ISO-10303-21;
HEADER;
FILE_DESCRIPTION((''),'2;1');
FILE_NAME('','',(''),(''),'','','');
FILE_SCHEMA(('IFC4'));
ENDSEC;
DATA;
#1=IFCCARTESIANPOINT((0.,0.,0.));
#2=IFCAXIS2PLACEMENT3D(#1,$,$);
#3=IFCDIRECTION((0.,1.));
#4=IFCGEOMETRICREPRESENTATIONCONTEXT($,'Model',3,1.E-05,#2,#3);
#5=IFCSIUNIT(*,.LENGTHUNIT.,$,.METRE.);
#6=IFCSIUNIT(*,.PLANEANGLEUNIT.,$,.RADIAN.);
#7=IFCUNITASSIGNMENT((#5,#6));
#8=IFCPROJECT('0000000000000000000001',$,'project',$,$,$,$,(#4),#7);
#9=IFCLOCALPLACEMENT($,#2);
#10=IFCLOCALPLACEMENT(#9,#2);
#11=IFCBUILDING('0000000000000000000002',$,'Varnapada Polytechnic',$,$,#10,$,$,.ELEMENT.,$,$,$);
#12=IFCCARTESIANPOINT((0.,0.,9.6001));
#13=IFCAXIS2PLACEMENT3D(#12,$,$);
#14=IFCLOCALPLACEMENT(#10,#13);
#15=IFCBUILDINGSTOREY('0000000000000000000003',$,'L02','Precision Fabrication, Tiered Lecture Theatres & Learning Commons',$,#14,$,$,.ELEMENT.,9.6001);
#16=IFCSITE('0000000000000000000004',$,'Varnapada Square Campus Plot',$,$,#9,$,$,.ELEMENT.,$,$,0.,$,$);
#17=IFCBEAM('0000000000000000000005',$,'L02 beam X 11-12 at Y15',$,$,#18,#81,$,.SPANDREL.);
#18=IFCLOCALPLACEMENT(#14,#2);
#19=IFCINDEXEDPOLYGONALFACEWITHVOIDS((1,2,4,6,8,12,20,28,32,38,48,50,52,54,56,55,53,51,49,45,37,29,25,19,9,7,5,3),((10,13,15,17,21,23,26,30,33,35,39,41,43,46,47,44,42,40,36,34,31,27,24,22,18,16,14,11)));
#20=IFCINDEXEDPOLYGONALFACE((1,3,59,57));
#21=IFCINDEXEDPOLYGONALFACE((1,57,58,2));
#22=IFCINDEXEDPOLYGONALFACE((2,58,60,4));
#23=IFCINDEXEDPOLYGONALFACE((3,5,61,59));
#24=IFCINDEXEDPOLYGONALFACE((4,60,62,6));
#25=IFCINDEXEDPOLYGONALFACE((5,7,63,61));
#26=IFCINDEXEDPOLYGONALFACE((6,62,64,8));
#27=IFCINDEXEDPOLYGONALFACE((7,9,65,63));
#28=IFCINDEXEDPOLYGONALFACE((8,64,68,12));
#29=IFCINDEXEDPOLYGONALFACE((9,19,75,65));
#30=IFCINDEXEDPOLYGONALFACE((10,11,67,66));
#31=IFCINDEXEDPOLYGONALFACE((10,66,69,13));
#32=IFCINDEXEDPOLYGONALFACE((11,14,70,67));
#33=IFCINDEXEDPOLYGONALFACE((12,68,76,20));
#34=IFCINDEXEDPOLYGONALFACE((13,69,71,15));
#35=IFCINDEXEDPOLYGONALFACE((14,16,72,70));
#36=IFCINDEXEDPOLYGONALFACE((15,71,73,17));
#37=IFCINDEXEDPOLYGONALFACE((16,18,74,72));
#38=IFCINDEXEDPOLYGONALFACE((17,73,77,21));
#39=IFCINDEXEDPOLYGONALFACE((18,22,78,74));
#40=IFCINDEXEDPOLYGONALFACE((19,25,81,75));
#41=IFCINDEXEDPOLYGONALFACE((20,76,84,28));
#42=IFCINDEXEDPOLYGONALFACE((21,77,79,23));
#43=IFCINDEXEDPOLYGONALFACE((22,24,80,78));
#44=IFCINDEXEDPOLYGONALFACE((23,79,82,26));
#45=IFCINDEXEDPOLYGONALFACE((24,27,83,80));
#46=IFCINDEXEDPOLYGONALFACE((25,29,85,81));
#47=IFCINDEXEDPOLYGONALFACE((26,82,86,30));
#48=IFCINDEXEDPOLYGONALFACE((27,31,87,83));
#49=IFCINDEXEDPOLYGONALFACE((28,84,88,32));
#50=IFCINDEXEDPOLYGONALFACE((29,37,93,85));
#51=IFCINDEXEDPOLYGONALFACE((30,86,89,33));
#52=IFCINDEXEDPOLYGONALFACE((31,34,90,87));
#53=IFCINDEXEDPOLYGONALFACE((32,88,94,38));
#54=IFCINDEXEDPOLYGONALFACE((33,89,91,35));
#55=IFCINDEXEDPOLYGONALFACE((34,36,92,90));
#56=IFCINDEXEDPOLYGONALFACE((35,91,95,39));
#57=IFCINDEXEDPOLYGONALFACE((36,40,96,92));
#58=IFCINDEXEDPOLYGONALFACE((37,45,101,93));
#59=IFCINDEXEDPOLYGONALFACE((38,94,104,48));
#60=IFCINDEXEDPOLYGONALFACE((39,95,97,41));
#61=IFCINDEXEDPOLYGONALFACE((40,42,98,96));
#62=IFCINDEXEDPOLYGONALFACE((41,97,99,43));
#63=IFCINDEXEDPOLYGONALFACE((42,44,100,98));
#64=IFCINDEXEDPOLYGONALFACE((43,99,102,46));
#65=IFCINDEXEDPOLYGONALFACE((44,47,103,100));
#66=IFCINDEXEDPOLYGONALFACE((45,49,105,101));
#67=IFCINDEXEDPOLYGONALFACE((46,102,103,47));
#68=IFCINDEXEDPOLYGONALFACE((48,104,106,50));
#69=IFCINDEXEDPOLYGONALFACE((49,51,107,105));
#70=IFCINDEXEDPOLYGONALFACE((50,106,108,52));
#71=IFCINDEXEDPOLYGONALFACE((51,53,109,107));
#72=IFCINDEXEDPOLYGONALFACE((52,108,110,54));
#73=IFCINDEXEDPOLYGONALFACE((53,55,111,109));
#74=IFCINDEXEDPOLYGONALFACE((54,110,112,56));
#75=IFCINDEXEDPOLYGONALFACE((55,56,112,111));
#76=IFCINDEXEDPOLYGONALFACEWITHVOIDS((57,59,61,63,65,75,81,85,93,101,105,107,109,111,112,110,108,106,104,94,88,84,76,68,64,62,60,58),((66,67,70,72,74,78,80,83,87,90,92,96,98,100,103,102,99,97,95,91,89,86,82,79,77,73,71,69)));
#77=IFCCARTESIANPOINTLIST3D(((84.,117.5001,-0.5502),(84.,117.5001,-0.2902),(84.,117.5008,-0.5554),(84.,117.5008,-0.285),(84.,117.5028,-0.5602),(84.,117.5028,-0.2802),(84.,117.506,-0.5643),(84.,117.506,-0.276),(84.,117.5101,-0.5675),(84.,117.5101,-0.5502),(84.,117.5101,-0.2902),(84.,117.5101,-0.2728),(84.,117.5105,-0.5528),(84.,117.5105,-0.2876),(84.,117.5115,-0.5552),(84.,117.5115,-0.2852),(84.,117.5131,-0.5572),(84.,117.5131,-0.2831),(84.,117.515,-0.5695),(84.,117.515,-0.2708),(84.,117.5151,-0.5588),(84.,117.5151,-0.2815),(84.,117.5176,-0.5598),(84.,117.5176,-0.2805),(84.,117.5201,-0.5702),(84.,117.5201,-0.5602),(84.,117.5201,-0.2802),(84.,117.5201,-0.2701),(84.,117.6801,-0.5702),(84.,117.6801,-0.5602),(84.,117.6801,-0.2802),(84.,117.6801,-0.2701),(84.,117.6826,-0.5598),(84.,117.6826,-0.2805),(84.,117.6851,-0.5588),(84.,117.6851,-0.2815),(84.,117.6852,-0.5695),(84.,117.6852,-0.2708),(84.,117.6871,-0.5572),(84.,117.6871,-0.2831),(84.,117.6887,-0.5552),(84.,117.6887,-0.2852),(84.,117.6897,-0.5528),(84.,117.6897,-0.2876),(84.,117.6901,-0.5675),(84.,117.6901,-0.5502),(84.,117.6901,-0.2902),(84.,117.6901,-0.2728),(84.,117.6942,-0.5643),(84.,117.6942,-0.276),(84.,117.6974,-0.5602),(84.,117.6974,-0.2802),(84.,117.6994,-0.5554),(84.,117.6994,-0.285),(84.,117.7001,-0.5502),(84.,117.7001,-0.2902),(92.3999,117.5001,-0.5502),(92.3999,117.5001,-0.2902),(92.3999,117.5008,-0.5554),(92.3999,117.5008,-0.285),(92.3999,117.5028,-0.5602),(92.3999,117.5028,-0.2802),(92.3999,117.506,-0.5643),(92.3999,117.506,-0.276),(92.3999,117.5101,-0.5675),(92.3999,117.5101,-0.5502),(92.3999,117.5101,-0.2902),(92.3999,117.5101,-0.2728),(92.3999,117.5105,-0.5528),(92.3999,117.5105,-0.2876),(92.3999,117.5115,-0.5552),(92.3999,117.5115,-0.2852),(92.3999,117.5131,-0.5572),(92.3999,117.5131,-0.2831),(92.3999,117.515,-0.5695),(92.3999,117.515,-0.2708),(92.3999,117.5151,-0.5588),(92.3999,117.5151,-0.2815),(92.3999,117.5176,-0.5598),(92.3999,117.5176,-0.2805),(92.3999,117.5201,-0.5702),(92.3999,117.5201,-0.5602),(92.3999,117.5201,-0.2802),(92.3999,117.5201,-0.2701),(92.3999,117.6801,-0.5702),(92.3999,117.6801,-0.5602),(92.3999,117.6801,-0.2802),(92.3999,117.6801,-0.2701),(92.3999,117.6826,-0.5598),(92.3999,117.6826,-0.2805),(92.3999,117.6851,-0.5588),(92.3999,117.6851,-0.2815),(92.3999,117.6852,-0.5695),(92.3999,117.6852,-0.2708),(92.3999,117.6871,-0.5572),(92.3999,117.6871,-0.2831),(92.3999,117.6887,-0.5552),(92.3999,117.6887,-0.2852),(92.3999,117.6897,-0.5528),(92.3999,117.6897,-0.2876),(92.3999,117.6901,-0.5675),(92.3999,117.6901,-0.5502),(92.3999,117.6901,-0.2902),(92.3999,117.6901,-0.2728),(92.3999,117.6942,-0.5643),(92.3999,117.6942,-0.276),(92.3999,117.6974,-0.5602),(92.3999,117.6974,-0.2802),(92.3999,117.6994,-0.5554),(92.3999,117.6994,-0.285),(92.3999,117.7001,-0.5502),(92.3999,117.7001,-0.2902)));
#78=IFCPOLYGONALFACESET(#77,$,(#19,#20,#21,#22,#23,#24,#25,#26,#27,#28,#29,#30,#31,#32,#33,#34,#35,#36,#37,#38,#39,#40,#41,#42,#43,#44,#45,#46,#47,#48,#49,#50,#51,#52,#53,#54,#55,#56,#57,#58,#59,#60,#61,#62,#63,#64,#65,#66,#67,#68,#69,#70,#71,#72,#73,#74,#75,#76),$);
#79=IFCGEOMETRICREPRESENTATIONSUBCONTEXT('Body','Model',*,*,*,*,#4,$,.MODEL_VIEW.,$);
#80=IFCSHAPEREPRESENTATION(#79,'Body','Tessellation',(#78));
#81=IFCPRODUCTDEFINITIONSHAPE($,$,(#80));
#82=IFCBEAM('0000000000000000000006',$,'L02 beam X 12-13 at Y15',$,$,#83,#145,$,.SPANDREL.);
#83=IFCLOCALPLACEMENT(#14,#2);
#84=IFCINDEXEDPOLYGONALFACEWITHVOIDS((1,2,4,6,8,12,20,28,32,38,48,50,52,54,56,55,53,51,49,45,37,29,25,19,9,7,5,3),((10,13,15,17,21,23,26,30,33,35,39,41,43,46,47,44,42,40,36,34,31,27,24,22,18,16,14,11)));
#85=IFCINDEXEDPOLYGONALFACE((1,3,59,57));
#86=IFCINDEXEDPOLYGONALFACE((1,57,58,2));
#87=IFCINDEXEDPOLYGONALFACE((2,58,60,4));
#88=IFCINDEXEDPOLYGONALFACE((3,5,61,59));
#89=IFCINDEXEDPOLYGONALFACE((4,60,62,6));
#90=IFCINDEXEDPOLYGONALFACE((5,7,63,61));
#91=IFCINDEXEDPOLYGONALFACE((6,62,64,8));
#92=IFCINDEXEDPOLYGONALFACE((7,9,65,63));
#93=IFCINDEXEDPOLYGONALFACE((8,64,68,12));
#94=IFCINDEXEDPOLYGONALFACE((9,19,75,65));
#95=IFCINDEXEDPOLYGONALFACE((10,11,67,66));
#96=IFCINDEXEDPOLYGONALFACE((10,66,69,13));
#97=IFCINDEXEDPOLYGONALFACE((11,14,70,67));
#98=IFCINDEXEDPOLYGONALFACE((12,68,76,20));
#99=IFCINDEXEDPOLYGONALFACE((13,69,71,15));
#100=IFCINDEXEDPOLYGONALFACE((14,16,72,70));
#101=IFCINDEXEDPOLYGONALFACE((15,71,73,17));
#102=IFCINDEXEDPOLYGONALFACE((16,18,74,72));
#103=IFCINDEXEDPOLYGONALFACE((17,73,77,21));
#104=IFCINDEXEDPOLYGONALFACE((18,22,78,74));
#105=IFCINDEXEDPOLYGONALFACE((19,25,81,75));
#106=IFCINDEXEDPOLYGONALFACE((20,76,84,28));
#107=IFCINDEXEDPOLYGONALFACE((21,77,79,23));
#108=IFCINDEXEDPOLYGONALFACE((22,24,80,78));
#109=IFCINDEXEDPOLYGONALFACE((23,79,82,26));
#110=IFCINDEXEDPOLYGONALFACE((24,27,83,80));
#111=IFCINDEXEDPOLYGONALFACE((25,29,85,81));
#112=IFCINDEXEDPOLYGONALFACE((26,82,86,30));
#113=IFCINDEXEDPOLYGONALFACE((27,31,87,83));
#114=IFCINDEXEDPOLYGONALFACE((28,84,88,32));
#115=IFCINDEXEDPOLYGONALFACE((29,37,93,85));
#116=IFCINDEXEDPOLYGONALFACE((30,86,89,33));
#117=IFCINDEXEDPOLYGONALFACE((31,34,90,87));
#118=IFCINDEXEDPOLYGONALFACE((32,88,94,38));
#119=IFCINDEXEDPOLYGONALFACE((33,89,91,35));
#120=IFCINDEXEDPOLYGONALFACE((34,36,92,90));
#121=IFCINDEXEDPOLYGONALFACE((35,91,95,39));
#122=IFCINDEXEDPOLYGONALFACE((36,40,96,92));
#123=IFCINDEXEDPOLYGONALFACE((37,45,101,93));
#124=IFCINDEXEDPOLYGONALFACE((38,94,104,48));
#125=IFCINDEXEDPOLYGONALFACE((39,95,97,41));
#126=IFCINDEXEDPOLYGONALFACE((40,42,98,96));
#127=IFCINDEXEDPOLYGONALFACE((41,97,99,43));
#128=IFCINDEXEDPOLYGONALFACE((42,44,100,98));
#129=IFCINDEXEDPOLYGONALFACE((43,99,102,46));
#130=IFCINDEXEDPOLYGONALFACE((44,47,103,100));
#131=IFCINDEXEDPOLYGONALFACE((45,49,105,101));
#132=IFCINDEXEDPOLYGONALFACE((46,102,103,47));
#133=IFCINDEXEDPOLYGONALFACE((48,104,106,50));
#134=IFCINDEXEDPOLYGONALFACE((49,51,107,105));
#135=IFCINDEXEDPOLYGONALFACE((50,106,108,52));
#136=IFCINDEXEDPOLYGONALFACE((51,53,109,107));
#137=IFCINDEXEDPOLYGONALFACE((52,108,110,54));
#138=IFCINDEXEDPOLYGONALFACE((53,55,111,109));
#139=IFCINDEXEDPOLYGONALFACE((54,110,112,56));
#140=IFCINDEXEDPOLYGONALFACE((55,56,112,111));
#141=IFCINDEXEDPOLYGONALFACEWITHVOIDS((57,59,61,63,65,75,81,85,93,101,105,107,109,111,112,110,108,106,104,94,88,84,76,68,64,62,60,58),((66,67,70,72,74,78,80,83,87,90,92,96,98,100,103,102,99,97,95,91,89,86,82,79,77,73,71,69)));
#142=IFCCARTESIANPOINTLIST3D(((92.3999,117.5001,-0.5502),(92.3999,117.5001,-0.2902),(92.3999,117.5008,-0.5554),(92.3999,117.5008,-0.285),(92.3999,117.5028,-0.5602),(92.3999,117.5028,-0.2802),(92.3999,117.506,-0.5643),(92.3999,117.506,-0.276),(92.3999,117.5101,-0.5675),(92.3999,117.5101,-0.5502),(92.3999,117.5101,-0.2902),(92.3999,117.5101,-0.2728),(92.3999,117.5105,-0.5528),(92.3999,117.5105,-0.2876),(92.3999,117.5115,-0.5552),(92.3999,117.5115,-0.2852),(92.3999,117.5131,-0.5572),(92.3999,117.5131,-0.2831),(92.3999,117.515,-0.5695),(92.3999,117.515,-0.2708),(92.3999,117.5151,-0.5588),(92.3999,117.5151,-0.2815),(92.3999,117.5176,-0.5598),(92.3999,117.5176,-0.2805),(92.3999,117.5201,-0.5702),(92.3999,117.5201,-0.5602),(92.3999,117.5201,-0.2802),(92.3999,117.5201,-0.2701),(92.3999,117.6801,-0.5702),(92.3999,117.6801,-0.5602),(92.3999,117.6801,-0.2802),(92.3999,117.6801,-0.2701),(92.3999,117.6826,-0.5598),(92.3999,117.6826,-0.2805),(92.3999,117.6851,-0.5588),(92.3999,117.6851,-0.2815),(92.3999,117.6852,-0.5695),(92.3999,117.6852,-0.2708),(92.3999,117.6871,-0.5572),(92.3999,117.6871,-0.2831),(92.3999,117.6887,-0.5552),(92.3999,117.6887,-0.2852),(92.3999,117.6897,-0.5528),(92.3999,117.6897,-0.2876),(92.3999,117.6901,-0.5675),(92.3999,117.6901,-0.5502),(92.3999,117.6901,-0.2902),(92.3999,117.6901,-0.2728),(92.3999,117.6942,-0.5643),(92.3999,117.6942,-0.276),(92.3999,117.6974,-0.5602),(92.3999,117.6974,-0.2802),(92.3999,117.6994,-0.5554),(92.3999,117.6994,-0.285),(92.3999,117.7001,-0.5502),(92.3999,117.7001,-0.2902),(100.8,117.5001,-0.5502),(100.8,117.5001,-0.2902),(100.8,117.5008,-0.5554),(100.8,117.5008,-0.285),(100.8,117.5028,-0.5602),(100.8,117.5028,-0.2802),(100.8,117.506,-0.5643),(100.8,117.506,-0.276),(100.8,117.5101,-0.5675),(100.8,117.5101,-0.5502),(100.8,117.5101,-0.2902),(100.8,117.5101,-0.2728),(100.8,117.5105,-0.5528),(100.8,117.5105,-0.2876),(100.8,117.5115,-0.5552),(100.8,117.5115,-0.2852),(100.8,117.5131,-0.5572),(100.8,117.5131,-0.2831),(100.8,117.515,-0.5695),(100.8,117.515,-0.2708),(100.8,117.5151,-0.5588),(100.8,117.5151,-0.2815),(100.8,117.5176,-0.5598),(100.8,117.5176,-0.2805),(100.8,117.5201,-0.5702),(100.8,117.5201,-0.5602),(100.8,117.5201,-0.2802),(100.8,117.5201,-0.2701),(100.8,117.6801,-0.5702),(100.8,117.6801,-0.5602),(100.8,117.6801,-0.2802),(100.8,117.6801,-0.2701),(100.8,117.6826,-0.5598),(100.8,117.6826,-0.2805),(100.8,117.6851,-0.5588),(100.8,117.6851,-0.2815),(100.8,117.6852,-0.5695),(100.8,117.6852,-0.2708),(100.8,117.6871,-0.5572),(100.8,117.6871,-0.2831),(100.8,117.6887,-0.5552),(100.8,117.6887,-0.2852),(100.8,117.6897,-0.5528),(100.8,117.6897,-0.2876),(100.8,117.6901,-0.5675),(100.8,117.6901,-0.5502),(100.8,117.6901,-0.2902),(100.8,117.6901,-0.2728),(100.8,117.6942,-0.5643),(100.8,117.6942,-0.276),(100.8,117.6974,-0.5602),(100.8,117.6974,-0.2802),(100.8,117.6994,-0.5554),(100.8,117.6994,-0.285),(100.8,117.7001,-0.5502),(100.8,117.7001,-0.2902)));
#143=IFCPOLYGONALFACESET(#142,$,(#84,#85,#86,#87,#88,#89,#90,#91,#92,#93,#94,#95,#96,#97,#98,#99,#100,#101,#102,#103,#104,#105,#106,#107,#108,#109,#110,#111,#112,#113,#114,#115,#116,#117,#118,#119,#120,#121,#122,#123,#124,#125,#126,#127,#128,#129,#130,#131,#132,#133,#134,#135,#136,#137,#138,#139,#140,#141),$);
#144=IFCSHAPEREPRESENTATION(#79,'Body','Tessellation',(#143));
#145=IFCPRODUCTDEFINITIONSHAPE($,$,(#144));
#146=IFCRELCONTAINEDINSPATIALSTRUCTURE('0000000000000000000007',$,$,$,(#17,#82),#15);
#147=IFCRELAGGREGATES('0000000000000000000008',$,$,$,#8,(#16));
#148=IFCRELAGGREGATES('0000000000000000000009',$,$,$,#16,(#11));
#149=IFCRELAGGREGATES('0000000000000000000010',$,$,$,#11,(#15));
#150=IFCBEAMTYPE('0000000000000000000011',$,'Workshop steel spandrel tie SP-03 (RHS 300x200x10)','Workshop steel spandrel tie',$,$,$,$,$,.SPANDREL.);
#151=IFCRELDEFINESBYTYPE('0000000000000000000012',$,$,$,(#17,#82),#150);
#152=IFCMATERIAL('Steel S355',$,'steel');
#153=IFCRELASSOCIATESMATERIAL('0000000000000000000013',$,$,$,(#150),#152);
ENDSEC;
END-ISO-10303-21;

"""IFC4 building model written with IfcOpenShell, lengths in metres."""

from ifc_helpers import new_model, si_unit, direction, frame, origin, origin_2d, place, context, subcontext, project, spatial, hollow_rectangle, extrude, material, material_profile, profile_set, type_object, element, save


model = new_model("IFC4")

# Units and contexts
model_context = context("Model", 3, precision=1e-05, world=origin(), true_north=direction((0.0, 1.0)))
body_context = subcontext(model_context, "Body", "Model", "MODEL_VIEW")
ifc_project = project(units=[si_unit("LENGTHUNIT", "METRE"), si_unit("PLANEANGLEUNIT", "RADIAN")], contexts=[model_context])

# Site, building, storey
site_placement = place(None, origin())
site = spatial("IfcSite", under=ifc_project, at=site_placement, Name="Varnapada Square Campus Plot", CompositionType="ELEMENT", RefElevation=0.0)
building_placement = place(site_placement, origin())
building = spatial("IfcBuilding", under=site, at=building_placement, Name="Varnapada Polytechnic", CompositionType="ELEMENT")
storey_placement = place(building_placement, frame((0.0, 0.0, 9.6001)))
storey = spatial("IfcBuildingStorey", under=building, at=storey_placement, Name="L02", Description="Precision Fabrication, Tiered Lecture Theatres & Learning Commons", CompositionType="ELEMENT", Elevation=9.6001)

# Beams
ifc_material_1 = material(Name="Steel S355", Category="steel")
ifc_material_profile_1 = material_profile(ifc_material_1, hollow_rectangle(XDim=0.2, YDim=0.3, WallThickness=0.01, InnerFilletRadius=0.01, OuterFilletRadius=0.02, at=origin_2d()), Name="RHS 300x200x10")
ifc_profile_set_1 = profile_set([ifc_material_profile_1], Name="Steel S355")
beam_type_1 = type_object("IfcBeamType", Name="Workshop steel spandrel tie SP-03 (RHS 300x200x10)", Description="Workshop steel spandrel tie", PredefinedType="SPANDREL", material=ifc_profile_set_1)
beam_1_placement = place(storey_placement, frame((84.0, 117.6001, -0.4202), z_axis=(1.0, 0.0, 0.0), x_axis=(0.0, 1.0, 0.0)))
element("IfcBeam", 1, at=beam_1_placement, inside=storey, type_object=beam_type_1, Name="L02 beam X 11-12 at Y15", PredefinedType="SPANDREL", context=body_context, shape_type="SweptSolid", body=[
    extrude(hollow_rectangle(XDim=0.2, YDim=0.3, WallThickness=0.01, InnerFilletRadius=0.01, OuterFilletRadius=0.02, at=origin_2d()), origin(), (0.0, 0.0, 1.0), 8.3999),
])
beam_2_placement = place(storey_placement, frame((92.3999, 117.6001, -0.4202), z_axis=(1.0, 0.0, 0.0), x_axis=(0.0, 1.0, 0.0)))
element("IfcBeam", 2, at=beam_2_placement, inside=storey, type_object=beam_type_1, Name="L02 beam X 12-13 at Y15", PredefinedType="SPANDREL", context=body_context, shape_type="SweptSolid", body=[
    extrude(hollow_rectangle(XDim=0.2, YDim=0.3, WallThickness=0.01, InnerFilletRadius=0.01, OuterFilletRadius=0.02, at=origin_2d()), origin(), (0.0, 0.0, 1.0), 8.4001),
])

save(model, "model.ifc")
